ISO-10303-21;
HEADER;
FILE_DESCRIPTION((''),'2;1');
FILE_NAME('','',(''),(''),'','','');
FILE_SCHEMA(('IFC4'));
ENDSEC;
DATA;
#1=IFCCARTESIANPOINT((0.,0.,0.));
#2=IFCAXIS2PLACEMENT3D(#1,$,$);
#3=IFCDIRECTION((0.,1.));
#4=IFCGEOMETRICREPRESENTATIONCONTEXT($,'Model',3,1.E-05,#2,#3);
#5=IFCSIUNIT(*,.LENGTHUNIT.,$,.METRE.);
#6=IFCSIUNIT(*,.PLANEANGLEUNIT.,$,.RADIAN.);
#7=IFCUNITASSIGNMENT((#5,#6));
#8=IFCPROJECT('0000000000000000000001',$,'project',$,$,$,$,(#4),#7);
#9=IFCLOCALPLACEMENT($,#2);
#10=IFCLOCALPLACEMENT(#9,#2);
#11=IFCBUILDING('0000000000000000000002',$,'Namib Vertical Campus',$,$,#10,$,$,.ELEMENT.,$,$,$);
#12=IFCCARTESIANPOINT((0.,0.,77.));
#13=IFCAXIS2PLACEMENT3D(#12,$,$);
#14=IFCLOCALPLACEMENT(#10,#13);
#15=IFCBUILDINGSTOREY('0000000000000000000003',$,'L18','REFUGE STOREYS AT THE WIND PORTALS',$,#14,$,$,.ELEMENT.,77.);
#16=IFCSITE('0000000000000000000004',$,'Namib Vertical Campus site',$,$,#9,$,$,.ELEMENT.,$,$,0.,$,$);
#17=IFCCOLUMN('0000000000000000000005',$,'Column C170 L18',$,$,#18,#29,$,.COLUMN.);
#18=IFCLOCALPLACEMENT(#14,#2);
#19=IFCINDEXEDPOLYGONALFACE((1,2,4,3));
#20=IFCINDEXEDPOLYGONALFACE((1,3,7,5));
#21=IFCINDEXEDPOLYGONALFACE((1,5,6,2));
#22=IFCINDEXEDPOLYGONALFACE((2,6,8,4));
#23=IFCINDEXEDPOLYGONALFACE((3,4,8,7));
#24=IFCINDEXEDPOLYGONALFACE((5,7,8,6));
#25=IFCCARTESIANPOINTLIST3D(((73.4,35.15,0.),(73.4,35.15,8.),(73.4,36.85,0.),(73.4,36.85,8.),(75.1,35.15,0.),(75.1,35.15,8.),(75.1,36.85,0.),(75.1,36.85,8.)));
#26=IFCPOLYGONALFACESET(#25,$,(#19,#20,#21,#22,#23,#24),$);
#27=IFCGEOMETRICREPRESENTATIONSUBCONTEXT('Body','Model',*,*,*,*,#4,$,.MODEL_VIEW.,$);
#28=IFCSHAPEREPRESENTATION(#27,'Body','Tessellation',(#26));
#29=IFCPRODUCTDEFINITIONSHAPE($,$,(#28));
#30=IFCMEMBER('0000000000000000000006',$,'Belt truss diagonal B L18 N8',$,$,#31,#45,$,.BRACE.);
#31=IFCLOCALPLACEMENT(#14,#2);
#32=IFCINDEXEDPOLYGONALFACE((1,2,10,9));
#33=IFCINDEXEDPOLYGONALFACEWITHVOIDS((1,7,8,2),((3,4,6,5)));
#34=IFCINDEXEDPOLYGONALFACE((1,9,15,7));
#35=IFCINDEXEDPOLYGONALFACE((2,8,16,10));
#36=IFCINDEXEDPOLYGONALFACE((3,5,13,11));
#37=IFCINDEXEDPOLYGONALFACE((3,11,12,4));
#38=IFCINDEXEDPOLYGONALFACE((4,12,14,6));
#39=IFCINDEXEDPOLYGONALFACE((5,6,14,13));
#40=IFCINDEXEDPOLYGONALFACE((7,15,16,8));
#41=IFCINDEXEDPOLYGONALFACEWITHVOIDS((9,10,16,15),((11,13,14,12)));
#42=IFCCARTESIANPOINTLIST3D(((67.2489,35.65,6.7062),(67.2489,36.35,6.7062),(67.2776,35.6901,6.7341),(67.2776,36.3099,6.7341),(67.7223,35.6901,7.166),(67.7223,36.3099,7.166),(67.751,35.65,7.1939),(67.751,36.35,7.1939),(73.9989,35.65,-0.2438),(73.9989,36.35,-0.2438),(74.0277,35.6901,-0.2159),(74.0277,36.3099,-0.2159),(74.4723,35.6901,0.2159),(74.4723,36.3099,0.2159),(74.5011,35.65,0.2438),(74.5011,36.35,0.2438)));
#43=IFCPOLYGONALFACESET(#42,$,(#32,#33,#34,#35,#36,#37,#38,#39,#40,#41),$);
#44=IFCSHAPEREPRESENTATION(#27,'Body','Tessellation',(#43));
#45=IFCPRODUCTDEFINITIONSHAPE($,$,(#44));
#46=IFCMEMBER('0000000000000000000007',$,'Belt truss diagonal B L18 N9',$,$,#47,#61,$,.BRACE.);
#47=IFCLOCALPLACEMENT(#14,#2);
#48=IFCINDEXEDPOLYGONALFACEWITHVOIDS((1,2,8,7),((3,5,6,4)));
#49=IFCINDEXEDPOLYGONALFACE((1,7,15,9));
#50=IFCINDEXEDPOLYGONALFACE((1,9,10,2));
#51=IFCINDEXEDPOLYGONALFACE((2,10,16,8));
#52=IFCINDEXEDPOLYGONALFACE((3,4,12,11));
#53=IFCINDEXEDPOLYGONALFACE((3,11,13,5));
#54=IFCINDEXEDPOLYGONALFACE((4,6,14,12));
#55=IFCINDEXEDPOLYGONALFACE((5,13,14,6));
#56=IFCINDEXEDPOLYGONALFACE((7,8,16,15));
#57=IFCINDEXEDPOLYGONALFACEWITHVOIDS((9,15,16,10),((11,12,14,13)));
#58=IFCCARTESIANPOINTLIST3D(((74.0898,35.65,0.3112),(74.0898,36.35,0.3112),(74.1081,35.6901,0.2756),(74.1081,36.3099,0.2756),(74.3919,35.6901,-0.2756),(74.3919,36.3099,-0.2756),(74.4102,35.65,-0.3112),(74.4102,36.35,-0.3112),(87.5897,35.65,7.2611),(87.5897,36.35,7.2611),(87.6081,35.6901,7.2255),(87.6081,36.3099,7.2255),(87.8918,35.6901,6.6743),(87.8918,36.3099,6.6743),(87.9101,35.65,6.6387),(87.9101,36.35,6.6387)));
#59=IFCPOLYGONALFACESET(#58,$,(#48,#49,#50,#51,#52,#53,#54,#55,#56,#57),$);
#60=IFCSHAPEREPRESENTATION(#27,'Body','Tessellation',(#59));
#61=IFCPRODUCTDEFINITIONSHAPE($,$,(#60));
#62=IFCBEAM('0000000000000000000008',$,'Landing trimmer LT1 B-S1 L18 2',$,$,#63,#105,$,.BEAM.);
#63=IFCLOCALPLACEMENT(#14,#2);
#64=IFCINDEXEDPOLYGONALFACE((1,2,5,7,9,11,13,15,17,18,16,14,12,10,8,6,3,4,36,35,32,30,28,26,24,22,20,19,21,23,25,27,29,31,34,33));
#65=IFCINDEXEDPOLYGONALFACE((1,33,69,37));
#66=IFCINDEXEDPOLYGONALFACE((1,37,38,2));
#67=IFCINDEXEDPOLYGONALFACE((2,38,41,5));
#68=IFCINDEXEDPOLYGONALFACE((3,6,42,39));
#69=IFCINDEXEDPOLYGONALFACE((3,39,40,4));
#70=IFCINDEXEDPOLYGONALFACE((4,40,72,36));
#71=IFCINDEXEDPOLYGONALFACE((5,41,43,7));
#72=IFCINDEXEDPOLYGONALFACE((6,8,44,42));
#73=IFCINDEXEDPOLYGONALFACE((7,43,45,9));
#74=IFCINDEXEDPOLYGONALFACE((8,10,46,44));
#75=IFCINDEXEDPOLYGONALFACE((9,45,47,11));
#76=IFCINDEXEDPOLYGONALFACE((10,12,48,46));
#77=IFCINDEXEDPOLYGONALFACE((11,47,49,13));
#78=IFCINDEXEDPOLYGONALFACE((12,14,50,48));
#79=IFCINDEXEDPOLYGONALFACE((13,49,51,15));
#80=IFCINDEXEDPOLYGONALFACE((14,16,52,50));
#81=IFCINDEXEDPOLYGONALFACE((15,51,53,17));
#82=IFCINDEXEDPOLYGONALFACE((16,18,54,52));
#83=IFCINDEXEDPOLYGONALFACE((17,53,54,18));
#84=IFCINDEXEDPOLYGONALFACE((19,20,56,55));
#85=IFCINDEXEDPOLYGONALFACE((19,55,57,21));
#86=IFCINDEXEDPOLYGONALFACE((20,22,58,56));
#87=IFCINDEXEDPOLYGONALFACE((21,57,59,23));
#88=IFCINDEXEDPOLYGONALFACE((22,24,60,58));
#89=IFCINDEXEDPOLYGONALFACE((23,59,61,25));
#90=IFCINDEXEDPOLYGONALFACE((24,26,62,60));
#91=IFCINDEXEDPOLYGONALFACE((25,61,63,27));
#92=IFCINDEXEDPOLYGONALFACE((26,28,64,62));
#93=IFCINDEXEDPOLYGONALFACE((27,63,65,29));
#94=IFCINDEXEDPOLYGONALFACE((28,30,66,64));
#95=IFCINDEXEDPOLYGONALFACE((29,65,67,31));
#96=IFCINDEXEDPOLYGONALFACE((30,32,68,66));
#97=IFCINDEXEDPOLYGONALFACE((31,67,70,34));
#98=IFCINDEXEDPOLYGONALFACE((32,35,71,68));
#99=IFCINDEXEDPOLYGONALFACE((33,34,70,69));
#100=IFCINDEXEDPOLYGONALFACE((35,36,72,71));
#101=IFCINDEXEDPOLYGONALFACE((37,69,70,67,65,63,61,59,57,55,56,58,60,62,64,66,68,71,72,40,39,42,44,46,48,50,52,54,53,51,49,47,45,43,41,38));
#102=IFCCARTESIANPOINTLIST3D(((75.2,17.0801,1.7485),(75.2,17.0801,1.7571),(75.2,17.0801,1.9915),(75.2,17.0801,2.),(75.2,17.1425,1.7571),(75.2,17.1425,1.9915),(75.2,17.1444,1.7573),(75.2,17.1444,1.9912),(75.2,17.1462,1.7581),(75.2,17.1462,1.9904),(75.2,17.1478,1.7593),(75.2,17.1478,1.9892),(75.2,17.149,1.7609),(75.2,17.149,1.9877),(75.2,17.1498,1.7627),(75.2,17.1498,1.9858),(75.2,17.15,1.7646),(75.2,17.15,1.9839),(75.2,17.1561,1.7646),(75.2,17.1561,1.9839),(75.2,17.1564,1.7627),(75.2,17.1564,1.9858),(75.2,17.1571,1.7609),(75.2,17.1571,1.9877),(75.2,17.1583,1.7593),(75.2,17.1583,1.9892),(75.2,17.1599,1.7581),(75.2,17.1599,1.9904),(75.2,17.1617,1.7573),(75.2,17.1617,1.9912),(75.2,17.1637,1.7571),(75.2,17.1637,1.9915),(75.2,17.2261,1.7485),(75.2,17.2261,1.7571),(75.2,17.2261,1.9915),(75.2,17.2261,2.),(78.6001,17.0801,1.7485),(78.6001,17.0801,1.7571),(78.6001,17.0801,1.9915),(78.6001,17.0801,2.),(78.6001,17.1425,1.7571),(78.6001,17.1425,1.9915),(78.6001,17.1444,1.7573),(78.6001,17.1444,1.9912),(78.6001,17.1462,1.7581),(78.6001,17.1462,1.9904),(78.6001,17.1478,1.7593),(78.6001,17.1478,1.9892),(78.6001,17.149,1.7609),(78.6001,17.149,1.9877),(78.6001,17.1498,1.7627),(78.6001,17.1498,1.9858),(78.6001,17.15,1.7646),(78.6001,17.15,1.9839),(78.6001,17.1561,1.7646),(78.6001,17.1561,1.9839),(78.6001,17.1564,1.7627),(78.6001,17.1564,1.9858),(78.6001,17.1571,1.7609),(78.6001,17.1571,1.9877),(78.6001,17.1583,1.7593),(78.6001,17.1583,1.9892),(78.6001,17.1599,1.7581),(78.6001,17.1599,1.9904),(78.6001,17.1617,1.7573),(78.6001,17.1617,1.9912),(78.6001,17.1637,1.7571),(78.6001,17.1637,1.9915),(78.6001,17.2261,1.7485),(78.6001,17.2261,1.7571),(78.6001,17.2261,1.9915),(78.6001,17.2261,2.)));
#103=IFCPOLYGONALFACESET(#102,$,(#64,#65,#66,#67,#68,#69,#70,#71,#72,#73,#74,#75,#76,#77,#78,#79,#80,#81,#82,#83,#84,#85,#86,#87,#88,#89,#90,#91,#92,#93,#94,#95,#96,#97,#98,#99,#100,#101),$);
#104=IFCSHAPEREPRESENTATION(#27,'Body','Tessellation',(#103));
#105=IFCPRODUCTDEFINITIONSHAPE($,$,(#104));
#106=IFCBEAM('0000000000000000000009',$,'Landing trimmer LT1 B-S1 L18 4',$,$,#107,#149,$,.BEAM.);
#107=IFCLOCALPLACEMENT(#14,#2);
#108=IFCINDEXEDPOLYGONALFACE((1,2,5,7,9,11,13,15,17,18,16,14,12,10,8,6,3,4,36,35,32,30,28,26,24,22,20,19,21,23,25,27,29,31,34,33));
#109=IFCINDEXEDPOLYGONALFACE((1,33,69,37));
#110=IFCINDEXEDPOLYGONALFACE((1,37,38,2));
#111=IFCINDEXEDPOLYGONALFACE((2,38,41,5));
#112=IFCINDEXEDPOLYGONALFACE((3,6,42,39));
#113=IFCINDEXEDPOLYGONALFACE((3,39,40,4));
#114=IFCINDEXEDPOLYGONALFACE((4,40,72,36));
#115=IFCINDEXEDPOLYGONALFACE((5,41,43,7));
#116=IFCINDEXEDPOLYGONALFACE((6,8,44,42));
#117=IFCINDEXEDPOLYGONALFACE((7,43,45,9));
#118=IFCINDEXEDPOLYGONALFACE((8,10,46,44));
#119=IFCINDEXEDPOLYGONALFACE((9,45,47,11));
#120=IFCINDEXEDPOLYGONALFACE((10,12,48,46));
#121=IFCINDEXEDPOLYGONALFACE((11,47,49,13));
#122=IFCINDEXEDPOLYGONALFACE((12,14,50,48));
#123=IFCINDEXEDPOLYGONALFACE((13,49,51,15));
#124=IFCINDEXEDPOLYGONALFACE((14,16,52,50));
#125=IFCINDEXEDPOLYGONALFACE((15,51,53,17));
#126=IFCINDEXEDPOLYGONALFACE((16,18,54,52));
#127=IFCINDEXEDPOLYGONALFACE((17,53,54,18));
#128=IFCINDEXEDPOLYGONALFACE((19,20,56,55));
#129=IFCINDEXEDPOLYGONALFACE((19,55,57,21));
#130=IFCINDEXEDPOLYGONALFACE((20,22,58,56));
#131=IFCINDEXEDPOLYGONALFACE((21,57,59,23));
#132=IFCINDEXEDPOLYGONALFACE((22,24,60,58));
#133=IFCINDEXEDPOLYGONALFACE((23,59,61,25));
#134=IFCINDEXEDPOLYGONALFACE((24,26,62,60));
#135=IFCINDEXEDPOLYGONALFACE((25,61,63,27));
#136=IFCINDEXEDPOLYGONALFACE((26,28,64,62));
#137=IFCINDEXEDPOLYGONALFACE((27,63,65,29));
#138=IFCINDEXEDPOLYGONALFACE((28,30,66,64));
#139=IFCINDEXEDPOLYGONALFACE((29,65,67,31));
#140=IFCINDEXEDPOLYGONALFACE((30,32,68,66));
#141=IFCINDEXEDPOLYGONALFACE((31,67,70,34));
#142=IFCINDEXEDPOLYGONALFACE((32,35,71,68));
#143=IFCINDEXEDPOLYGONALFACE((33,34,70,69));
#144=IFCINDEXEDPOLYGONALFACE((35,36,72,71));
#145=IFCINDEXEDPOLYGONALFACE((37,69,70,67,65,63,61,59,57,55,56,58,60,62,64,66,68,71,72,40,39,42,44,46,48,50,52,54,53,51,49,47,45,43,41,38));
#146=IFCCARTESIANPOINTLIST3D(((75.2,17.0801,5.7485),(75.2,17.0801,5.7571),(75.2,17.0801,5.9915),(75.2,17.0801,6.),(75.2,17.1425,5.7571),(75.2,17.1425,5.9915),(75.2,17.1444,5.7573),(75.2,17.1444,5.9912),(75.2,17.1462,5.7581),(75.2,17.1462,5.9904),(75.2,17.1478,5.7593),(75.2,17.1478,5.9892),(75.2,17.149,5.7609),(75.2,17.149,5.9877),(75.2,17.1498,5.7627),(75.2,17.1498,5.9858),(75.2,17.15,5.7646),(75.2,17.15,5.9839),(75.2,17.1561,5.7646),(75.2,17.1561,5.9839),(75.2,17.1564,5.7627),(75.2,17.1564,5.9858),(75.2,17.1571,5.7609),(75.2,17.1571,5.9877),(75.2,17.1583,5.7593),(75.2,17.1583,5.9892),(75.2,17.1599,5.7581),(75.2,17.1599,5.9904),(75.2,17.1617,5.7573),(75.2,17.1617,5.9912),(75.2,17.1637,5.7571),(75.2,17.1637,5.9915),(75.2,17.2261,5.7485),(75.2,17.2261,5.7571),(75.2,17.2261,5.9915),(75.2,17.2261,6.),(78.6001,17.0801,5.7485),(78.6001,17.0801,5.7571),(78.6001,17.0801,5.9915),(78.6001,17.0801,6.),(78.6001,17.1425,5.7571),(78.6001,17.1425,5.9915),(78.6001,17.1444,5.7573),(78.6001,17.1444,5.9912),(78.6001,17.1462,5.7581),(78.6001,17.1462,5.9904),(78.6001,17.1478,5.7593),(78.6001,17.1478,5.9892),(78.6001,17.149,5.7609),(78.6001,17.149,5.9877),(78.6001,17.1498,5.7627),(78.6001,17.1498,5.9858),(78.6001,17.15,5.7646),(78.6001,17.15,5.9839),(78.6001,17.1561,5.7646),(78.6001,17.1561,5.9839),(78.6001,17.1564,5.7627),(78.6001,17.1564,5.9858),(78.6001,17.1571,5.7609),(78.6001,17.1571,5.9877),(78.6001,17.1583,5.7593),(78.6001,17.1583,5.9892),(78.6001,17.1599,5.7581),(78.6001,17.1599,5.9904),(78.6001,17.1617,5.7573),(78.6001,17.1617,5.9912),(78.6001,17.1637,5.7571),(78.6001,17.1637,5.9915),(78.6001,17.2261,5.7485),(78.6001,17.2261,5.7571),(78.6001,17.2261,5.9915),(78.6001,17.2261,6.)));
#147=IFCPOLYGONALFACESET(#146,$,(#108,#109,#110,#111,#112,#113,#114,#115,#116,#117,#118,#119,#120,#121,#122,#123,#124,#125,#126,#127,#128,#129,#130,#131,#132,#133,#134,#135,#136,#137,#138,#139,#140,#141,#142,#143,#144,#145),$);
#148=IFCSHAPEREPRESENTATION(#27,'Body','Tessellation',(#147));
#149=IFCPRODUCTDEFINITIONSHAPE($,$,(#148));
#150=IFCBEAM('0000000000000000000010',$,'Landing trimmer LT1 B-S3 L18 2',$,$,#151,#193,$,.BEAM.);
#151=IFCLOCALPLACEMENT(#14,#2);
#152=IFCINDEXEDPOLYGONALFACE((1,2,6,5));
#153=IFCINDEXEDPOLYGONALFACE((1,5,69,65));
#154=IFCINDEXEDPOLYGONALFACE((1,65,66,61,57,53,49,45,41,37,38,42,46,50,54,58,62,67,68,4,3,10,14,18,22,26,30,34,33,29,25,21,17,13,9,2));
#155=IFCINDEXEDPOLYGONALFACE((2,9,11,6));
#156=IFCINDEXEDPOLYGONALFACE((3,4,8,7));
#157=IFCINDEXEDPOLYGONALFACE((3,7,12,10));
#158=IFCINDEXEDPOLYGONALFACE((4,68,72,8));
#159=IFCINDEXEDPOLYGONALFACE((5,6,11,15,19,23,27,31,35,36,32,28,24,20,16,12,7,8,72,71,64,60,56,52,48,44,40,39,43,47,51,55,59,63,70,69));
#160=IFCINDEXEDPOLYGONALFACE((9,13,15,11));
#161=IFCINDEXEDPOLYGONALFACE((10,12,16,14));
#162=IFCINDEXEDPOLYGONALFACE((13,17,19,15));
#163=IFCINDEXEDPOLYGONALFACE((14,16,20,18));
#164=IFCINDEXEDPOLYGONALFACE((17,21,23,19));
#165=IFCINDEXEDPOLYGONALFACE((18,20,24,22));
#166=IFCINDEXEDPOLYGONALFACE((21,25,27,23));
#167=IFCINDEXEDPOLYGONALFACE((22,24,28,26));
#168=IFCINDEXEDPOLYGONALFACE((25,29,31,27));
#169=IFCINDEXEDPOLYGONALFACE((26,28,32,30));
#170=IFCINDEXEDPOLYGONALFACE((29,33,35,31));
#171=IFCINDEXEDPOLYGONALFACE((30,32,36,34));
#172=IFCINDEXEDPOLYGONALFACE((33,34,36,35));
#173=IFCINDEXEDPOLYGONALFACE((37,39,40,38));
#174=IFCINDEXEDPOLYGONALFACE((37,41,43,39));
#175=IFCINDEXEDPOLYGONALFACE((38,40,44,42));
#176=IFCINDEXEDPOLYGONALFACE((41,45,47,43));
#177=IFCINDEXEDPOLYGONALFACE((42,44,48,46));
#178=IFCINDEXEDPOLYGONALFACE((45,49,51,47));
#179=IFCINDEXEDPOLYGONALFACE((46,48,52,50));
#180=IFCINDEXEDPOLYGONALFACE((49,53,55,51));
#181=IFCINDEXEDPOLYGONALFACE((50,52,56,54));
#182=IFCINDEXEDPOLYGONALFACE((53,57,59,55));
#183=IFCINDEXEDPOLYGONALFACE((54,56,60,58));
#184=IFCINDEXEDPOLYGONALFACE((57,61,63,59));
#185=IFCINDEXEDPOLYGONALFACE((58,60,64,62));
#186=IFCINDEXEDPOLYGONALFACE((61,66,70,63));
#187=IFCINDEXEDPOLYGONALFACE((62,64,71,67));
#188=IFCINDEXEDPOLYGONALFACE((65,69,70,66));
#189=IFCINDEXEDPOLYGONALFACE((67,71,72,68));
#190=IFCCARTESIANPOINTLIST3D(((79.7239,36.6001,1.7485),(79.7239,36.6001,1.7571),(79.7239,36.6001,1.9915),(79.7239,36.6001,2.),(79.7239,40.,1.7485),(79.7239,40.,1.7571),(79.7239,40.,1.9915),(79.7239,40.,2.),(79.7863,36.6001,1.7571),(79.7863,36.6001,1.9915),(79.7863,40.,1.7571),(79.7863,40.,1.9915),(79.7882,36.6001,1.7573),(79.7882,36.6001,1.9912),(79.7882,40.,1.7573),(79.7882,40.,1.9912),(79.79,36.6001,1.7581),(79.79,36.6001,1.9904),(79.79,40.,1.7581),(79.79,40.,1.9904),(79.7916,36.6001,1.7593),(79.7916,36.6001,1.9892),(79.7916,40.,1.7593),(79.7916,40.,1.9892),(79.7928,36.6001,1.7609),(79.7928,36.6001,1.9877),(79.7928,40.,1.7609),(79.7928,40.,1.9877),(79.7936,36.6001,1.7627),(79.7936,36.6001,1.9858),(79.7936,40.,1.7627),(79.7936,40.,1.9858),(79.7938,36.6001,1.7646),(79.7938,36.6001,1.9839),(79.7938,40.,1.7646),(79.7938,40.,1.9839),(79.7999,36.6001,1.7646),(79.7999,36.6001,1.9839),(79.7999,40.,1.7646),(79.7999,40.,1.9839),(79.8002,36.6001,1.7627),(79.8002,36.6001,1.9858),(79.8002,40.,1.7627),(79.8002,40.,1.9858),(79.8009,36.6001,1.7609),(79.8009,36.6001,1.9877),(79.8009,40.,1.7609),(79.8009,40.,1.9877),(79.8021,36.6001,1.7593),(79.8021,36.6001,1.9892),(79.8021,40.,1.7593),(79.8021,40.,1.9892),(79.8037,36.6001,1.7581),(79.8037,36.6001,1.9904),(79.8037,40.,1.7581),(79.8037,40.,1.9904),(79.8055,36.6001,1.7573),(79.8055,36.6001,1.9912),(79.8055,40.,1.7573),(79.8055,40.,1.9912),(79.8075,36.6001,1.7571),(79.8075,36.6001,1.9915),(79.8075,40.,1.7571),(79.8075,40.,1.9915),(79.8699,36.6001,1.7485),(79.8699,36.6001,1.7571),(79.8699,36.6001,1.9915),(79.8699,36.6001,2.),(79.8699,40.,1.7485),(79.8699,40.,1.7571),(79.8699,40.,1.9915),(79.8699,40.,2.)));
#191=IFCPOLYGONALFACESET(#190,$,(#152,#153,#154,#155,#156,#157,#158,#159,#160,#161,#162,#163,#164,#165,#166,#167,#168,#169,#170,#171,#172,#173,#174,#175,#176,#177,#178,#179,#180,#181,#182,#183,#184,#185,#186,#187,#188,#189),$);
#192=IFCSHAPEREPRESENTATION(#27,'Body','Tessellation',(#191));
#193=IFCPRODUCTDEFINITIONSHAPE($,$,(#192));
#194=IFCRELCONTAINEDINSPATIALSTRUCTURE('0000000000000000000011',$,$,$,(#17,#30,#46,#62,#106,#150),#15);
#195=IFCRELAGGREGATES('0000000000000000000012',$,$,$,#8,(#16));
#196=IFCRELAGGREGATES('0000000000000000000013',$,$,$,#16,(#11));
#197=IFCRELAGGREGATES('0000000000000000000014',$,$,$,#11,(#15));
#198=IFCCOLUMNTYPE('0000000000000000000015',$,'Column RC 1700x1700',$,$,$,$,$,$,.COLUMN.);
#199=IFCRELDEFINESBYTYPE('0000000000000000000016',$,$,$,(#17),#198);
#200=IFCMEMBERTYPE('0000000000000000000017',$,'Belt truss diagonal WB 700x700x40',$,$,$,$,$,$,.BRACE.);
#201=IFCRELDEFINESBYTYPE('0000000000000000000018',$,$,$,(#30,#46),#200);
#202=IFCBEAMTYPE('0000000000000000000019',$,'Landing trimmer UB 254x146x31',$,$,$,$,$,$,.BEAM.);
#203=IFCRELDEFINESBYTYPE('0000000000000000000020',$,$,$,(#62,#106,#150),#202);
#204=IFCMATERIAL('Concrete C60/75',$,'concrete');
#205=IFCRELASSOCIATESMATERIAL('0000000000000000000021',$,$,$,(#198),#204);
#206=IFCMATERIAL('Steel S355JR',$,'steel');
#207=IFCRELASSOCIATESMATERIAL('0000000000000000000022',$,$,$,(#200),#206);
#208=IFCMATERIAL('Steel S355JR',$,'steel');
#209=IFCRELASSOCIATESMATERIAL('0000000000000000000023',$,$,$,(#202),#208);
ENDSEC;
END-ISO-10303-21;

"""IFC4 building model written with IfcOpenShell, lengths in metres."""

from ifc_helpers import new_model, si_unit, direction, frame, origin, origin_2d, place, context, subcontext, project, spatial, rectangle, hollow_rectangle, i_section, extrude, material, material_profile, profile_set, type_object, element, save


model = new_model("IFC4")

# Units and contexts
model_context = context("Model", 3, precision=1e-05, world=origin(), true_north=direction((0.0, 1.0)))
body_context = subcontext(model_context, "Body", "Model", "MODEL_VIEW")
ifc_project = project(units=[si_unit("LENGTHUNIT", "METRE"), si_unit("PLANEANGLEUNIT", "RADIAN")], contexts=[model_context])

# Site, building, storey
site_placement = place(None, origin())
site = spatial("IfcSite", under=ifc_project, at=site_placement, Name="Namib Vertical Campus site", CompositionType="ELEMENT", RefElevation=0.0)
building_placement = place(site_placement, origin())
building = spatial("IfcBuilding", under=site, at=building_placement, Name="Namib Vertical Campus", CompositionType="ELEMENT")
storey_placement = place(building_placement, frame((0.0, 0.0, 77.0)))
storey = spatial("IfcBuildingStorey", under=building, at=storey_placement, Name="L18", Description="REFUGE STOREYS AT THE WIND PORTALS", CompositionType="ELEMENT", Elevation=77.0)

# Column
ifc_material_1 = material(Name="Concrete C60/75", Category="concrete")
ifc_material_profile_1 = material_profile(ifc_material_1, rectangle(XDim=1.7, YDim=1.7, at=origin_2d()))
ifc_profile_set_1 = profile_set([ifc_material_profile_1], Name="Concrete C60/75")
column_type = type_object("IfcColumnType", Name="Column RC 1700x1700", PredefinedType="COLUMN", material=ifc_profile_set_1)
column_placement = place(storey_placement, frame((74.25, 36.0, 0.0), z_axis=(0.0, 0.0, 1.0), x_axis=(1.0, 0.0, 0.0)))
element("IfcColumn", 1, at=column_placement, inside=storey, type_object=column_type, Name="Column C170 L18", PredefinedType="COLUMN", context=body_context, shape_type="SweptSolid", body=[
    extrude(rectangle(XDim=1.7, YDim=1.7, at=origin_2d()), origin(), (0.0, 0.0, 1.0), 8.0),
])

# Members
ifc_material_2 = material(Name="Steel S355JR", Category="steel")
ifc_material_profile_2 = material_profile(ifc_material_2, hollow_rectangle(XDim=0.7, YDim=0.7, WallThickness=0.04, at=origin_2d()))
ifc_profile_set_2 = profile_set([ifc_material_profile_2], Name="Steel S355JR")
member_type = type_object("IfcMemberType", Name="Belt truss diagonal WB 700x700x40", PredefinedType="BRACE", material=ifc_profile_set_2)
member_1_placement = place(storey_placement, frame((74.25, 36.0, 0.0), z_axis=(-0.696712, 0.0, 0.717351), x_axis=(0.0, -1.0, 0.0)))
element("IfcMember", 2, at=member_1_placement, inside=storey, type_object=member_type, Name="Belt truss diagonal B L18 N8", PredefinedType="BRACE", context=body_context, shape_type="SweptSolid", body=[
    extrude(hollow_rectangle(XDim=0.7, YDim=0.7, WallThickness=0.04, at=origin_2d()), origin(), (0.0, 0.0, 1.0), 9.6885),
])
member_2_placement = place(storey_placement, frame((74.25, 36.0, 0.0), z_axis=(0.889098, 0.0, 0.457717), x_axis=(0.0, 1.0, 0.0)))
element("IfcMember", 3, at=member_2_placement, inside=storey, type_object=member_type, Name="Belt truss diagonal B L18 N9", PredefinedType="BRACE", context=body_context, shape_type="SweptSolid", body=[
    extrude(hollow_rectangle(XDim=0.7, YDim=0.7, WallThickness=0.04, at=origin_2d()), origin(), (0.0, 0.0, 1.0), 15.1838),
])

# Beams
ifc_material_3 = material(Name="Steel S355JR", Category="steel")
ifc_material_profile_3 = material_profile(ifc_material_3, i_section(OverallWidth=0.146, OverallDepth=0.2515, WebThickness=0.0061, FlangeThickness=0.0085, FilletRadius=0.0076, at=origin_2d()))
ifc_profile_set_3 = profile_set([ifc_material_profile_3], Name="Steel S355JR")
beam_type_1 = type_object("IfcBeamType", Name="Landing trimmer UB 254x146x31", PredefinedType="BEAM", material=ifc_profile_set_3)
for number, where, z_axis, x_axis, name in (
    (4, (75.2, 17.1531, 1.8743), (1.0, 0.0, 0.0), (0.0, 1.0, 0.0), "Landing trimmer LT1 B-S1 L18 2"),
    (5, (75.2, 17.1531, 5.8743), (1.0, 0.0, 0.0), (0.0, 1.0, 0.0), "Landing trimmer LT1 B-S1 L18 4"),
):
    element("IfcBeam", number, at=place(storey_placement, frame(where, z_axis=z_axis, x_axis=x_axis)), inside=storey, type_object=beam_type_1, Name=name, PredefinedType="BEAM", context=body_context, shape_type="SweptSolid", body=[
        extrude(i_section(OverallWidth=0.146, OverallDepth=0.2515, WebThickness=0.0061, FlangeThickness=0.0085, FilletRadius=0.0076, at=origin_2d()), origin(), (0.0, 0.0, 1.0), 3.4001),
    ])
beam_1_placement = place(storey_placement, frame((79.7969, 36.6001, 1.8743), z_axis=(0.0, 1.0, 0.0), x_axis=(-1.0, 0.0, 0.0)))
element("IfcBeam", 6, at=beam_1_placement, inside=storey, type_object=beam_type_1, Name="Landing trimmer LT1 B-S3 L18 2", PredefinedType="BEAM", context=body_context, shape_type="SweptSolid", body=[
    extrude(i_section(OverallWidth=0.146, OverallDepth=0.2515, WebThickness=0.0061, FlangeThickness=0.0085, FilletRadius=0.0076, at=origin_2d()), origin(), (0.0, 0.0, 1.0), 3.3999),
])

save(model, "model.ifc")
